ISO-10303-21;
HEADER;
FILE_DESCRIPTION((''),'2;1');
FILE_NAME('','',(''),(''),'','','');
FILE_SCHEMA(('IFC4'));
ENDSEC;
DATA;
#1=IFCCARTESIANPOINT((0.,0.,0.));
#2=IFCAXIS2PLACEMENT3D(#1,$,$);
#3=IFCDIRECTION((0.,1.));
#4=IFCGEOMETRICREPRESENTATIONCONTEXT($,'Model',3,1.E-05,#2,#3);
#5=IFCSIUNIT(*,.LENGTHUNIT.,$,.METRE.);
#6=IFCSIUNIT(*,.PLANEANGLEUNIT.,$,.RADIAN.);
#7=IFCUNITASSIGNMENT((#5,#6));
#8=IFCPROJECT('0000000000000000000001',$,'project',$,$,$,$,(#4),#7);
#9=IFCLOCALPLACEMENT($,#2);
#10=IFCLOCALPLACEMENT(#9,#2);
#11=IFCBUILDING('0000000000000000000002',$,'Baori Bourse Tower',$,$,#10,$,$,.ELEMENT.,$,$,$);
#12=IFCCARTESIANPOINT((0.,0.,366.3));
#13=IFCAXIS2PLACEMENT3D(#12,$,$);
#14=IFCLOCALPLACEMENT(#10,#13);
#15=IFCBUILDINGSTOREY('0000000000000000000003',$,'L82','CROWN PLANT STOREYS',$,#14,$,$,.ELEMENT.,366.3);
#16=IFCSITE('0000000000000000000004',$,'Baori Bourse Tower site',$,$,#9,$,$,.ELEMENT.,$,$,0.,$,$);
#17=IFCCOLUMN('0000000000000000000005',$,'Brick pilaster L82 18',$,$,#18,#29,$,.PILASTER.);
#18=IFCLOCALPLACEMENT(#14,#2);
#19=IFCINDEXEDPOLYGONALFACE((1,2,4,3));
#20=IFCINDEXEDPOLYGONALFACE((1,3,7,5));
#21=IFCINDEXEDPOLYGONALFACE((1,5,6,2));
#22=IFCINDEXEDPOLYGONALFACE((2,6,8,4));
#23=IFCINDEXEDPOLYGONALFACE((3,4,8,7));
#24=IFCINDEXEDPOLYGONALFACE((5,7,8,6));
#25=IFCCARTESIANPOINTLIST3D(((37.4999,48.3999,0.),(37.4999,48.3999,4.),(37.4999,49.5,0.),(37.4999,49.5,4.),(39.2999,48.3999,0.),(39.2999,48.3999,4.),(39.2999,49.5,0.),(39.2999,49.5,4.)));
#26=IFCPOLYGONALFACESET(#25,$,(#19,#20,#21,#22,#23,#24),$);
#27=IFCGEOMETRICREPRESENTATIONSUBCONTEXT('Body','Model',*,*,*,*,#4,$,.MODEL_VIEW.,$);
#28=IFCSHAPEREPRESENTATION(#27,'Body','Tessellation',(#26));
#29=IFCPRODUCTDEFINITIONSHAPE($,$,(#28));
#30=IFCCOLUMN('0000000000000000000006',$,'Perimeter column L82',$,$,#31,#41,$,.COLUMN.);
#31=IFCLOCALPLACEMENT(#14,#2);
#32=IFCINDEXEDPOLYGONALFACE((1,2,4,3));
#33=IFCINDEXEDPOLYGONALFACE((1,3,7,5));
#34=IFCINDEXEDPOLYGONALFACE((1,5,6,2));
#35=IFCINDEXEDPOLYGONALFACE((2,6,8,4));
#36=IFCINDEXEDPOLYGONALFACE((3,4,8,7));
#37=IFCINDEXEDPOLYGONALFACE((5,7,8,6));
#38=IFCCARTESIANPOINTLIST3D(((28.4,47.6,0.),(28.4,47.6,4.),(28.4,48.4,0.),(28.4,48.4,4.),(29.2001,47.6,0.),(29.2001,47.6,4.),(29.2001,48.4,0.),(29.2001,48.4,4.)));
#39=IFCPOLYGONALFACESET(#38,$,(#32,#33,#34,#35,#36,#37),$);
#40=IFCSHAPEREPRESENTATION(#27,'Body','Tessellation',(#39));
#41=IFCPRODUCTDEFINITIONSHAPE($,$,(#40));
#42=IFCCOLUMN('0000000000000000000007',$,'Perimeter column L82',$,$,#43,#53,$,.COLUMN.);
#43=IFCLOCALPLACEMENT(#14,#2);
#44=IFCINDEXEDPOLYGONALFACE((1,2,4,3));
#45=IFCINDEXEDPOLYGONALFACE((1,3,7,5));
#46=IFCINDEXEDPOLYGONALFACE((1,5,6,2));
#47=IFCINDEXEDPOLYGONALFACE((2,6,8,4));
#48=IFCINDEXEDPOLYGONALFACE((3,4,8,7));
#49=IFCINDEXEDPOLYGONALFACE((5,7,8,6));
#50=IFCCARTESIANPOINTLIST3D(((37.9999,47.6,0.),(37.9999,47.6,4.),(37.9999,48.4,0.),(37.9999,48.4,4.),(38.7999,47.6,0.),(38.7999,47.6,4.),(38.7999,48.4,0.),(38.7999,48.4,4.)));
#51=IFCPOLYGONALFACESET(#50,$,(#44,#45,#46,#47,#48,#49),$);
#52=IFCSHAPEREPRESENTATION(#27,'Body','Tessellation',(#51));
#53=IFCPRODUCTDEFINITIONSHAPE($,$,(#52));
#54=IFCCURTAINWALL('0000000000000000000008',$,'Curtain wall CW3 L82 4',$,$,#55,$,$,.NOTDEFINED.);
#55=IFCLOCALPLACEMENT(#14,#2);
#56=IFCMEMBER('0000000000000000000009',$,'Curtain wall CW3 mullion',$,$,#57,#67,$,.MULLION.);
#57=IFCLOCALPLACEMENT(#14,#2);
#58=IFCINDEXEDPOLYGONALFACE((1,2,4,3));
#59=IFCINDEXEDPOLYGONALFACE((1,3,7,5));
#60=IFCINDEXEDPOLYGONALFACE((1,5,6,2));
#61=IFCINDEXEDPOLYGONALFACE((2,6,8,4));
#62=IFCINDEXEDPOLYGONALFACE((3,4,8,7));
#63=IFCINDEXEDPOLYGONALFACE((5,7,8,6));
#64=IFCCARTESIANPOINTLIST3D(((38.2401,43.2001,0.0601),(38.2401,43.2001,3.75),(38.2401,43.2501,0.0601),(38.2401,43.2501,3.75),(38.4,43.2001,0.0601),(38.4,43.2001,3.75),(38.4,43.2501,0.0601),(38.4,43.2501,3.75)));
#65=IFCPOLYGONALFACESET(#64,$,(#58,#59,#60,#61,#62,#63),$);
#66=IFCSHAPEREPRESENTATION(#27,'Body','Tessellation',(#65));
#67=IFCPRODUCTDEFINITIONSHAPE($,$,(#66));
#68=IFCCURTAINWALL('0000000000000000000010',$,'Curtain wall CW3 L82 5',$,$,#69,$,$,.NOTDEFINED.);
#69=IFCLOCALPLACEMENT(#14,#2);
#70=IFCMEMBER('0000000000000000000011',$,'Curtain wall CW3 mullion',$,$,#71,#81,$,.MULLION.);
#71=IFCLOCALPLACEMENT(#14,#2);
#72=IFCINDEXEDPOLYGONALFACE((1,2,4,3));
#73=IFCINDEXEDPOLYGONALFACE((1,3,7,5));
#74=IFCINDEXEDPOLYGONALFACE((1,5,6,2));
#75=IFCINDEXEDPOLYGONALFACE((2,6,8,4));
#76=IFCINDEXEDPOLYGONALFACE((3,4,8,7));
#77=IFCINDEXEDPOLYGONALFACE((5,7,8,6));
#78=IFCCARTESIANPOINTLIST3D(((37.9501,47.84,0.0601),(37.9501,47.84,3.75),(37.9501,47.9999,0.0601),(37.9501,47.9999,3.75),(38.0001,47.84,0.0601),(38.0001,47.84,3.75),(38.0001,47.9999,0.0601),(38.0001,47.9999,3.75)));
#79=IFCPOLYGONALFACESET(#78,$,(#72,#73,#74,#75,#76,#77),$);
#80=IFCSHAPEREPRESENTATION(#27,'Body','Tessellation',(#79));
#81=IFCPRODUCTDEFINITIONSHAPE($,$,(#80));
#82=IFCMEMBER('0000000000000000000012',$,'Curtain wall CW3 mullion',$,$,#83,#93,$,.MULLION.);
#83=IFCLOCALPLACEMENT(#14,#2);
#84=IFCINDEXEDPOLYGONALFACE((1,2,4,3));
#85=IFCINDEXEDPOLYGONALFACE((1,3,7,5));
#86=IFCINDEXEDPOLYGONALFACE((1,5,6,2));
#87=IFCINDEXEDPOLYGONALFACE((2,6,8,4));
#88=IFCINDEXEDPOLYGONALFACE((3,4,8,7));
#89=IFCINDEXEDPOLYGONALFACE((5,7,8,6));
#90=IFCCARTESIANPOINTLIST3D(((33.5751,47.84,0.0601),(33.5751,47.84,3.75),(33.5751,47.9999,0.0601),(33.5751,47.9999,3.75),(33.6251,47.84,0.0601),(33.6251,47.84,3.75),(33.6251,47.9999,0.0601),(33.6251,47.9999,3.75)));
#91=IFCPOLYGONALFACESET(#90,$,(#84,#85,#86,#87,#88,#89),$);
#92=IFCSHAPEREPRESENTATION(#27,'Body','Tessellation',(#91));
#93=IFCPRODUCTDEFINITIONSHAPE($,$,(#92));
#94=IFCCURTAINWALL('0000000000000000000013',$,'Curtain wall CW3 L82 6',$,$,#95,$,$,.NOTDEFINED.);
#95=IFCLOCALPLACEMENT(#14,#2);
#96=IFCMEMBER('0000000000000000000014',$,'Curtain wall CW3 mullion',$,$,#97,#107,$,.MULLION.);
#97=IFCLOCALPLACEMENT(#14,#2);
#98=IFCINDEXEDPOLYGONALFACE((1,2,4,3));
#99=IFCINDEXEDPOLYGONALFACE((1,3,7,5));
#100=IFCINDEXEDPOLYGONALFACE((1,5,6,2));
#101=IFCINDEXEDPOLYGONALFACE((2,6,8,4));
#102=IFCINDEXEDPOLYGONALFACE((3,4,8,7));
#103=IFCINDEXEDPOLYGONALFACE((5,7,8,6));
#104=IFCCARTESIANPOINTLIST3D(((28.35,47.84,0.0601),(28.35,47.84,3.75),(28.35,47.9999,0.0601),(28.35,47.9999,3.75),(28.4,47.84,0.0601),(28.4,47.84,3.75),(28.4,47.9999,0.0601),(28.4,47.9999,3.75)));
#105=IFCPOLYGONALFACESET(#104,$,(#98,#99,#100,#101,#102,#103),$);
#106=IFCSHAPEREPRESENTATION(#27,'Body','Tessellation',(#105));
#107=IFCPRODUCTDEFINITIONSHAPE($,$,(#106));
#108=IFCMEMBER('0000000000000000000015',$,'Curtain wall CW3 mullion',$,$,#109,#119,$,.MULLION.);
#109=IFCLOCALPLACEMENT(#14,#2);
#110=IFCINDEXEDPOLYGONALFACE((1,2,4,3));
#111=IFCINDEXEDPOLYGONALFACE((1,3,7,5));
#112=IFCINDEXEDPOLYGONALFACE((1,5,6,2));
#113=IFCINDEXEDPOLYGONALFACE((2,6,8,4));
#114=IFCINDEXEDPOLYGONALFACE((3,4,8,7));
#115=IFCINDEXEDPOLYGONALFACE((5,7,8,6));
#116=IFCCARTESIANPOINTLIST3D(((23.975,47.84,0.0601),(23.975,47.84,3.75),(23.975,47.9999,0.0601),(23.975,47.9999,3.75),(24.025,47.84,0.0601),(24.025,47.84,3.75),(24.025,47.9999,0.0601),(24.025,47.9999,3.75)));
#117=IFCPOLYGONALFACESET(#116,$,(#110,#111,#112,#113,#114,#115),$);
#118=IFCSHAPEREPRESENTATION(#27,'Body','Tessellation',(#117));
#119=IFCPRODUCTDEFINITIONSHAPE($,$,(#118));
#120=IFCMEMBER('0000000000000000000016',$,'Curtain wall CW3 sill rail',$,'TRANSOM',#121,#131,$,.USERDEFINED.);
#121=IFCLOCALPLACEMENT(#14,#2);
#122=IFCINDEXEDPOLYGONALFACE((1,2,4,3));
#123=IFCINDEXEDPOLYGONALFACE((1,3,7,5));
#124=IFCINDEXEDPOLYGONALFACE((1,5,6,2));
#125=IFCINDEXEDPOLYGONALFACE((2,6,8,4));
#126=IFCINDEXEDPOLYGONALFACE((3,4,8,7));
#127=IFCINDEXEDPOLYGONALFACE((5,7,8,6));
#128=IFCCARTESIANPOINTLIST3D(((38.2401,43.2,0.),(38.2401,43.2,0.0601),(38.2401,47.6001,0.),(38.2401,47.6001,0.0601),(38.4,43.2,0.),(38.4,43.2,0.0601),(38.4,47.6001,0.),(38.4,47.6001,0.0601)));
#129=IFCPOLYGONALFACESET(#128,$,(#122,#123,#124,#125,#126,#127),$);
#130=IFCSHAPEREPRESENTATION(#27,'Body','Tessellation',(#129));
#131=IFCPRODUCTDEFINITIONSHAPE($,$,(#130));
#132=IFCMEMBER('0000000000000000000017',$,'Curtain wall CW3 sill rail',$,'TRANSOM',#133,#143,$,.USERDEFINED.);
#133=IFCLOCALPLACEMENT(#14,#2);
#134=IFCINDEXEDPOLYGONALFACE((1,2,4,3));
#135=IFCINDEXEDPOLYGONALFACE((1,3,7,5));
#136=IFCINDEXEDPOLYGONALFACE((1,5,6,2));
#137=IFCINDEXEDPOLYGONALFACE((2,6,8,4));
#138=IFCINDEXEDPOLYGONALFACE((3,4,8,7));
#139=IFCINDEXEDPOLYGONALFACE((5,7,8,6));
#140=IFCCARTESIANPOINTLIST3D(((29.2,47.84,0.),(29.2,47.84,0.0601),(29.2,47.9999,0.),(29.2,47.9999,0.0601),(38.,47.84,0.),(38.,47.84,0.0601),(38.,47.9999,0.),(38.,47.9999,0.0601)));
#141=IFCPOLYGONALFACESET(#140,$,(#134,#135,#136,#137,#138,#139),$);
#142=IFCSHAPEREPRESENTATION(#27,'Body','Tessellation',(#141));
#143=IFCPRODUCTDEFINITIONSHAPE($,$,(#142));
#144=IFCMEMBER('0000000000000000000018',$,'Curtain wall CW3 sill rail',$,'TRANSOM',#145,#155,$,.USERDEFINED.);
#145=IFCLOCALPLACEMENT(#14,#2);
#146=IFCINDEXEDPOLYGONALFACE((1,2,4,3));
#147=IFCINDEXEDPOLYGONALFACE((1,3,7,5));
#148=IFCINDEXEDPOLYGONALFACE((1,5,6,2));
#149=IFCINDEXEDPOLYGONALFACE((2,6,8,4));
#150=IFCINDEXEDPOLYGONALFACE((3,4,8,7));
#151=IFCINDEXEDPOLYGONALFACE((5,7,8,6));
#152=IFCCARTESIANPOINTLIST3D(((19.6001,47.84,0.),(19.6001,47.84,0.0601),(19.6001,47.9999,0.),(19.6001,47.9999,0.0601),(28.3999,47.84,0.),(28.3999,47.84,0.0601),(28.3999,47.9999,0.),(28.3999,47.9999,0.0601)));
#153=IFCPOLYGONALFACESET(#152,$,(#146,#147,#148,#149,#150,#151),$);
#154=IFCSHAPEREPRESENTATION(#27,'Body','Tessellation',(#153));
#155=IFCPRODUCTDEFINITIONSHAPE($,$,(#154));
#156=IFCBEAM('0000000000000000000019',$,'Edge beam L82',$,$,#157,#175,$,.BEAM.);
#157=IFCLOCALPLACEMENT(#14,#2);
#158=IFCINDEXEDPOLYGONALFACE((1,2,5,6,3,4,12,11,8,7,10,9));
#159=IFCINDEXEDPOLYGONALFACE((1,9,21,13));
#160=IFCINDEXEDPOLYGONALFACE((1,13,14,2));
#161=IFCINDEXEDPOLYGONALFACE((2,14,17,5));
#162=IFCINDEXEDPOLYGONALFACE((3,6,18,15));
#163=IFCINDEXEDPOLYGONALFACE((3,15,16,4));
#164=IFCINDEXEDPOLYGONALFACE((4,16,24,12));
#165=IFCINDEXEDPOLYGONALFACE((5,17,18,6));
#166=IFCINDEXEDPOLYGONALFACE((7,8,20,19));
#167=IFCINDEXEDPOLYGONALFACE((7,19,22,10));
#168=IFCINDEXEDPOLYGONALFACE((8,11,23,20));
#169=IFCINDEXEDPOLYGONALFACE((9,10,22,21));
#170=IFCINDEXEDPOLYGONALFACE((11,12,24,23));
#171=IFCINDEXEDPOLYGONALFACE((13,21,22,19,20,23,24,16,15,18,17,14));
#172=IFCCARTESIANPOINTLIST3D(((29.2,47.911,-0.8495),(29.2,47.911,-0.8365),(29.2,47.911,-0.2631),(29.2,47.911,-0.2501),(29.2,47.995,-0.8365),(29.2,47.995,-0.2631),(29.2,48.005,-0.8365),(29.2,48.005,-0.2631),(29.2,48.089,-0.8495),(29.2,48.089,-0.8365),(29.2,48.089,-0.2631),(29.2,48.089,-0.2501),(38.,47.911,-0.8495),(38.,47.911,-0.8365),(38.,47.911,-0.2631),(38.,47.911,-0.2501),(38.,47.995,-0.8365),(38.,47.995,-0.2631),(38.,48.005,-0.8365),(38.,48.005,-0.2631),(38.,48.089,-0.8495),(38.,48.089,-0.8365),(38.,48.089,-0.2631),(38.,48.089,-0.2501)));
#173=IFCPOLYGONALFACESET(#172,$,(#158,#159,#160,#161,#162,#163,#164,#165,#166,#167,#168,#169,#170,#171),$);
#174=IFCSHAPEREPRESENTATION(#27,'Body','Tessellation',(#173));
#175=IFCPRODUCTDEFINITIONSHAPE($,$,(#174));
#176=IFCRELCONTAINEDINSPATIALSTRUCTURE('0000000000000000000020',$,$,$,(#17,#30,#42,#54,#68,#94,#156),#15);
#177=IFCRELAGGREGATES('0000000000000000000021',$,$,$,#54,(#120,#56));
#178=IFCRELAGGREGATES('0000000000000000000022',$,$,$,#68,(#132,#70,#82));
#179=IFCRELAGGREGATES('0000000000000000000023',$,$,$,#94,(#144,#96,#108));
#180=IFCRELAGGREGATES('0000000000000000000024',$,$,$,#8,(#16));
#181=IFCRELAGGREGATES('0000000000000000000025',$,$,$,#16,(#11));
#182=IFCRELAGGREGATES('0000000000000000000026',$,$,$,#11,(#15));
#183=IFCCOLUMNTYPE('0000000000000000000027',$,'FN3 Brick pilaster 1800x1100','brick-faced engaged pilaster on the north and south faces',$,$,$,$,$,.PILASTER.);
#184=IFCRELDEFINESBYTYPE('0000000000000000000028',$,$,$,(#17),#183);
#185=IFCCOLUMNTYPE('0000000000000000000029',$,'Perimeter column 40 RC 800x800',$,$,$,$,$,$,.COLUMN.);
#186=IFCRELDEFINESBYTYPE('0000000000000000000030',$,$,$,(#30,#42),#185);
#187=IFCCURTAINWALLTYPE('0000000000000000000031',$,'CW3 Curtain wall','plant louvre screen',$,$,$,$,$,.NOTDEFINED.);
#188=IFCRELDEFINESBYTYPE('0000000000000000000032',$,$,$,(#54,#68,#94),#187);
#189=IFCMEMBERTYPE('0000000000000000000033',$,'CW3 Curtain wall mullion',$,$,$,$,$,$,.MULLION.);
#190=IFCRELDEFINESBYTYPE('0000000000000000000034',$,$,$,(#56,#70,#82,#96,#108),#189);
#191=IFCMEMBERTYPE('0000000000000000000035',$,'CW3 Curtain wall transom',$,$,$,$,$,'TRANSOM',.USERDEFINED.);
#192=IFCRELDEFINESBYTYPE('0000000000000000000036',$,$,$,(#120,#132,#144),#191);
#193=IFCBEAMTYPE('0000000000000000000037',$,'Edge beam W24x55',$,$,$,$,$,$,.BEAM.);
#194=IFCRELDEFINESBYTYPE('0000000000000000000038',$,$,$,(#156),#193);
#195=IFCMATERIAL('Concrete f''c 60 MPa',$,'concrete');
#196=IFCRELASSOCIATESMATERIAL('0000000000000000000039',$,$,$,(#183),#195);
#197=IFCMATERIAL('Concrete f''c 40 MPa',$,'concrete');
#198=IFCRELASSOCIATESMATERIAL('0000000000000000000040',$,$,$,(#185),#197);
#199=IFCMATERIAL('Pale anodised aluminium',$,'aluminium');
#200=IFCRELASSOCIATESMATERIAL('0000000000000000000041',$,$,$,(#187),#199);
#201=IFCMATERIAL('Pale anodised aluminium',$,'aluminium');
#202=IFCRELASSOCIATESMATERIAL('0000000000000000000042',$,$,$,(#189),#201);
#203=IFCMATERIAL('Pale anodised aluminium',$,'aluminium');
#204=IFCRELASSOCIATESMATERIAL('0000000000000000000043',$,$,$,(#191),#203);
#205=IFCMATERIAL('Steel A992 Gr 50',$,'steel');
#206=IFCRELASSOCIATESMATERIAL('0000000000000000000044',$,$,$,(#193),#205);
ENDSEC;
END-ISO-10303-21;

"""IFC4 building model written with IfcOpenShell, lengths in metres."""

from ifc_helpers import new_model, si_unit, direction, frame, origin, origin_2d, place, context, subcontext, project, spatial, rectangle, i_section, extrude, material, material_profile, profile_set, type_object, element, aggregate, save


model = new_model("IFC4")

# Units and contexts
model_context = context("Model", 3, precision=1e-05, world=origin(), true_north=direction((0.0, 1.0)))
body_context = subcontext(model_context, "Body", "Model", "MODEL_VIEW")
ifc_project = project(units=[si_unit("LENGTHUNIT", "METRE"), si_unit("PLANEANGLEUNIT", "RADIAN")], contexts=[model_context])

# Site, building, storey
site_placement = place(None, origin())
site = spatial("IfcSite", under=ifc_project, at=site_placement, Name="Baori Bourse Tower site", CompositionType="ELEMENT", RefElevation=0.0)
building_placement = place(site_placement, origin())
building = spatial("IfcBuilding", under=site, at=building_placement, Name="Baori Bourse Tower", CompositionType="ELEMENT")
storey_placement = place(building_placement, frame((0.0, 0.0, 366.3)))
storey = spatial("IfcBuildingStorey", under=building, at=storey_placement, Name="L82", Description="CROWN PLANT STOREYS", CompositionType="ELEMENT", Elevation=366.3)

# Columns
ifc_material_1 = material(Name="Concrete f'c 60 MPa", Category="concrete")
ifc_material_profile_1 = material_profile(ifc_material_1, rectangle(XDim=1.8, YDim=1.1001, at=origin_2d()), Name="RC 1800x1100")
ifc_profile_set_1 = profile_set([ifc_material_profile_1], Name="Concrete f'c 60 MPa")
column_type_1 = type_object("IfcColumnType", Name="FN3 Brick pilaster 1800x1100", Description="brick-faced engaged pilaster on the north and south faces", PredefinedType="PILASTER", material=ifc_profile_set_1)
column_placement = place(storey_placement, frame((38.3999, 48.95, 0.0), z_axis=(0.0, 0.0, 1.0), x_axis=(1.0, 0.0, 0.0)))
element("IfcColumn", 1, at=column_placement, inside=storey, type_object=column_type_1, Name="Brick pilaster L82 18", PredefinedType="PILASTER", context=body_context, shape_type="SweptSolid", body=[
    extrude(rectangle(XDim=1.8, YDim=1.1001, at=origin_2d()), origin(), (0.0, 0.0, 1.0), 4.0),
])
ifc_material_2 = material(Name="Concrete f'c 40 MPa", Category="concrete")
ifc_material_profile_2 = material_profile(ifc_material_2, rectangle(XDim=0.8, YDim=0.8, at=origin_2d()), Name="RC 800x800")
ifc_profile_set_2 = profile_set([ifc_material_profile_2], Name="Concrete f'c 40 MPa")
column_type_2 = type_object("IfcColumnType", Name="Perimeter column 40 RC 800x800", PredefinedType="COLUMN", material=ifc_profile_set_2)
for number, where, z_axis, x_axis, name in (
    (2, (28.8, 48.0, 0.0), (0.0, 0.0, 1.0), (1.0, 0.0, 0.0), "Perimeter column L82"),
    (3, (38.3999, 48.0, 0.0), (0.0, 0.0, 1.0), (1.0, 0.0, 0.0), "Perimeter column L82"),
):
    element("IfcColumn", number, at=place(storey_placement, frame(where, z_axis=z_axis, x_axis=x_axis)), inside=storey, type_object=column_type_2, Name=name, PredefinedType="COLUMN", context=body_context, shape_type="SweptSolid", body=[
        extrude(rectangle(XDim=0.8, YDim=0.8, at=origin_2d()), origin(), (0.0, 0.0, 1.0), 4.0),
    ])

# Curtain wall, member
ifc_material_3 = material(Name="Pale anodised aluminium", Category="aluminium")
curtain_wall_type = type_object("IfcCurtainWallType", Name="CW3 Curtain wall", Description="plant louvre screen", PredefinedType="NOTDEFINED", material=ifc_material_3)
curtain_wall_1_placement = place(storey_placement, origin())
curtain_wall_1 = element("IfcCurtainWall", 4, at=curtain_wall_1_placement, inside=storey, type_object=curtain_wall_type, Name="Curtain wall CW3 L82 4", PredefinedType="NOTDEFINED")
ifc_material_4 = material(Name="Pale anodised aluminium", Category="aluminium")
ifc_material_profile_3 = material_profile(ifc_material_4, rectangle(XDim=0.1599, YDim=0.05, at=origin_2d()), Name="Mullion 50x160")
ifc_profile_set_3 = profile_set([ifc_material_profile_3], Name="Pale anodised aluminium")
member_type_1 = type_object("IfcMemberType", Name="CW3 Curtain wall mullion", PredefinedType="MULLION", material=ifc_profile_set_3)
member_1_placement = place(storey_placement, frame((38.3201, 43.2251, 0.0601), z_axis=(0.0, 0.0, 1.0), x_axis=(-1.0, 0.0, 0.0)))
member_1 = element("IfcMember", 5, at=member_1_placement, type_object=member_type_1, Name="Curtain wall CW3 mullion", PredefinedType="MULLION", context=body_context, shape_type="SweptSolid", body=[
    extrude(rectangle(XDim=0.1599, YDim=0.05, at=origin_2d()), origin(), (0.0, 0.0, 1.0), 3.6899),
])

# Curtain walls, members
curtain_wall_2_placement = place(storey_placement, origin())
curtain_wall_2 = element("IfcCurtainWall", 6, at=curtain_wall_2_placement, inside=storey, type_object=curtain_wall_type, Name="Curtain wall CW3 L82 5", PredefinedType="NOTDEFINED")
member_2_placement = place(storey_placement, frame((37.9751, 47.9199, 0.0601), z_axis=(0.0, 0.0, 1.0), x_axis=(0.0, -1.0, 0.0)))
member_2 = element("IfcMember", 7, at=member_2_placement, type_object=member_type_1, Name="Curtain wall CW3 mullion", PredefinedType="MULLION", context=body_context, shape_type="SweptSolid", body=[
    extrude(rectangle(XDim=0.1599, YDim=0.05, at=origin_2d()), origin(), (0.0, 0.0, 1.0), 3.6899),
])
member_3_placement = place(storey_placement, frame((33.6001, 47.9199, 0.0601), z_axis=(0.0, 0.0, 1.0), x_axis=(0.0, -1.0, 0.0)))
member_3 = element("IfcMember", 8, at=member_3_placement, type_object=member_type_1, Name="Curtain wall CW3 mullion", PredefinedType="MULLION", context=body_context, shape_type="SweptSolid", body=[
    extrude(rectangle(XDim=0.1599, YDim=0.05, at=origin_2d()), origin(), (0.0, 0.0, 1.0), 3.6899),
])
curtain_wall_3_placement = place(storey_placement, origin())
curtain_wall_3 = element("IfcCurtainWall", 9, at=curtain_wall_3_placement, inside=storey, type_object=curtain_wall_type, Name="Curtain wall CW3 L82 6", PredefinedType="NOTDEFINED")
member_4_placement = place(storey_placement, frame((28.375, 47.9199, 0.0601), z_axis=(0.0, 0.0, 1.0), x_axis=(0.0, -1.0, 0.0)))
member_4 = element("IfcMember", 10, at=member_4_placement, type_object=member_type_1, Name="Curtain wall CW3 mullion", PredefinedType="MULLION", context=body_context, shape_type="SweptSolid", body=[
    extrude(rectangle(XDim=0.1599, YDim=0.05, at=origin_2d()), origin(), (0.0, 0.0, 1.0), 3.6899),
])
member_5_placement = place(storey_placement, frame((24.0, 47.9199, 0.0601), z_axis=(0.0, 0.0, 1.0), x_axis=(0.0, -1.0, 0.0)))
member_5 = element("IfcMember", 11, at=member_5_placement, type_object=member_type_1, Name="Curtain wall CW3 mullion", PredefinedType="MULLION", context=body_context, shape_type="SweptSolid", body=[
    extrude(rectangle(XDim=0.1599, YDim=0.05, at=origin_2d()), origin(), (0.0, 0.0, 1.0), 3.6899),
])

# Members
ifc_material_5 = material(Name="Pale anodised aluminium", Category="aluminium")
ifc_material_profile_4 = material_profile(ifc_material_5, rectangle(XDim=0.1599, YDim=0.0601, at=origin_2d()), Name="Transom 60x160")
ifc_profile_set_4 = profile_set([ifc_material_profile_4], Name="Pale anodised aluminium")
member_type_2 = type_object("IfcMemberType", Name="CW3 Curtain wall transom", ElementType="TRANSOM", PredefinedType="USERDEFINED", material=ifc_profile_set_4)
member_6_placement = place(storey_placement, frame((38.3201, 43.2, 0.03), z_axis=(0.0, 1.0, 0.0), x_axis=(-1.0, 0.0, 0.0)))
member_6 = element("IfcMember", 12, at=member_6_placement, type_object=member_type_2, Name="Curtain wall CW3 sill rail", ObjectType="TRANSOM", PredefinedType="USERDEFINED", context=body_context, shape_type="SweptSolid", body=[
    extrude(rectangle(XDim=0.1599, YDim=0.0601, at=origin_2d()), origin(), (0.0, 0.0, 1.0), 4.4001),
])
member_7_placement = place(storey_placement, frame((38.0, 47.9199, 0.03), z_axis=(-1.0, 0.0, 0.0), x_axis=(0.0, -1.0, 0.0)))
member_7 = element("IfcMember", 13, at=member_7_placement, type_object=member_type_2, Name="Curtain wall CW3 sill rail", ObjectType="TRANSOM", PredefinedType="USERDEFINED", context=body_context, shape_type="SweptSolid", body=[
    extrude(rectangle(XDim=0.1599, YDim=0.0601, at=origin_2d()), origin(), (0.0, 0.0, 1.0), 8.8),
])
member_8_placement = place(storey_placement, frame((28.3999, 47.9199, 0.03), z_axis=(-1.0, 0.0, 0.0), x_axis=(0.0, -1.0, 0.0)))
member_8 = element("IfcMember", 14, at=member_8_placement, type_object=member_type_2, Name="Curtain wall CW3 sill rail", ObjectType="TRANSOM", PredefinedType="USERDEFINED", context=body_context, shape_type="SweptSolid", body=[
    extrude(rectangle(XDim=0.1599, YDim=0.0601, at=origin_2d()), origin(), (0.0, 0.0, 1.0), 8.7998),
])

# Beam
ifc_material_6 = material(Name="Steel A992 Gr 50", Category="steel")
ifc_material_profile_5 = material_profile(ifc_material_6, i_section(OverallWidth=0.178, OverallDepth=0.5994, WebThickness=0.01, FlangeThickness=0.0129, at=origin_2d()), Name="W24x55")
ifc_profile_set_5 = profile_set([ifc_material_profile_5], Name="Steel A992 Gr 50")
beam_type_1 = type_object("IfcBeamType", Name="Edge beam W24x55", PredefinedType="BEAM", material=ifc_profile_set_5)
beam_1_placement = place(storey_placement, frame((29.2, 48.0, -0.5498), z_axis=(1.0, 0.0, 0.0), x_axis=(0.0, 1.0, 0.0)))
element("IfcBeam", 15, at=beam_1_placement, inside=storey, type_object=beam_type_1, Name="Edge beam L82", PredefinedType="BEAM", context=body_context, shape_type="SweptSolid", body=[
    extrude(i_section(OverallWidth=0.178, OverallDepth=0.5994, WebThickness=0.01, FlangeThickness=0.0129, at=origin_2d()), origin(), (0.0, 0.0, 1.0), 8.8),
])

aggregate(curtain_wall_1, [member_6, member_1])
aggregate(curtain_wall_2, [member_7, member_2, member_3])
aggregate(curtain_wall_3, [member_8, member_4, member_5])

save(model, "model.ifc")
